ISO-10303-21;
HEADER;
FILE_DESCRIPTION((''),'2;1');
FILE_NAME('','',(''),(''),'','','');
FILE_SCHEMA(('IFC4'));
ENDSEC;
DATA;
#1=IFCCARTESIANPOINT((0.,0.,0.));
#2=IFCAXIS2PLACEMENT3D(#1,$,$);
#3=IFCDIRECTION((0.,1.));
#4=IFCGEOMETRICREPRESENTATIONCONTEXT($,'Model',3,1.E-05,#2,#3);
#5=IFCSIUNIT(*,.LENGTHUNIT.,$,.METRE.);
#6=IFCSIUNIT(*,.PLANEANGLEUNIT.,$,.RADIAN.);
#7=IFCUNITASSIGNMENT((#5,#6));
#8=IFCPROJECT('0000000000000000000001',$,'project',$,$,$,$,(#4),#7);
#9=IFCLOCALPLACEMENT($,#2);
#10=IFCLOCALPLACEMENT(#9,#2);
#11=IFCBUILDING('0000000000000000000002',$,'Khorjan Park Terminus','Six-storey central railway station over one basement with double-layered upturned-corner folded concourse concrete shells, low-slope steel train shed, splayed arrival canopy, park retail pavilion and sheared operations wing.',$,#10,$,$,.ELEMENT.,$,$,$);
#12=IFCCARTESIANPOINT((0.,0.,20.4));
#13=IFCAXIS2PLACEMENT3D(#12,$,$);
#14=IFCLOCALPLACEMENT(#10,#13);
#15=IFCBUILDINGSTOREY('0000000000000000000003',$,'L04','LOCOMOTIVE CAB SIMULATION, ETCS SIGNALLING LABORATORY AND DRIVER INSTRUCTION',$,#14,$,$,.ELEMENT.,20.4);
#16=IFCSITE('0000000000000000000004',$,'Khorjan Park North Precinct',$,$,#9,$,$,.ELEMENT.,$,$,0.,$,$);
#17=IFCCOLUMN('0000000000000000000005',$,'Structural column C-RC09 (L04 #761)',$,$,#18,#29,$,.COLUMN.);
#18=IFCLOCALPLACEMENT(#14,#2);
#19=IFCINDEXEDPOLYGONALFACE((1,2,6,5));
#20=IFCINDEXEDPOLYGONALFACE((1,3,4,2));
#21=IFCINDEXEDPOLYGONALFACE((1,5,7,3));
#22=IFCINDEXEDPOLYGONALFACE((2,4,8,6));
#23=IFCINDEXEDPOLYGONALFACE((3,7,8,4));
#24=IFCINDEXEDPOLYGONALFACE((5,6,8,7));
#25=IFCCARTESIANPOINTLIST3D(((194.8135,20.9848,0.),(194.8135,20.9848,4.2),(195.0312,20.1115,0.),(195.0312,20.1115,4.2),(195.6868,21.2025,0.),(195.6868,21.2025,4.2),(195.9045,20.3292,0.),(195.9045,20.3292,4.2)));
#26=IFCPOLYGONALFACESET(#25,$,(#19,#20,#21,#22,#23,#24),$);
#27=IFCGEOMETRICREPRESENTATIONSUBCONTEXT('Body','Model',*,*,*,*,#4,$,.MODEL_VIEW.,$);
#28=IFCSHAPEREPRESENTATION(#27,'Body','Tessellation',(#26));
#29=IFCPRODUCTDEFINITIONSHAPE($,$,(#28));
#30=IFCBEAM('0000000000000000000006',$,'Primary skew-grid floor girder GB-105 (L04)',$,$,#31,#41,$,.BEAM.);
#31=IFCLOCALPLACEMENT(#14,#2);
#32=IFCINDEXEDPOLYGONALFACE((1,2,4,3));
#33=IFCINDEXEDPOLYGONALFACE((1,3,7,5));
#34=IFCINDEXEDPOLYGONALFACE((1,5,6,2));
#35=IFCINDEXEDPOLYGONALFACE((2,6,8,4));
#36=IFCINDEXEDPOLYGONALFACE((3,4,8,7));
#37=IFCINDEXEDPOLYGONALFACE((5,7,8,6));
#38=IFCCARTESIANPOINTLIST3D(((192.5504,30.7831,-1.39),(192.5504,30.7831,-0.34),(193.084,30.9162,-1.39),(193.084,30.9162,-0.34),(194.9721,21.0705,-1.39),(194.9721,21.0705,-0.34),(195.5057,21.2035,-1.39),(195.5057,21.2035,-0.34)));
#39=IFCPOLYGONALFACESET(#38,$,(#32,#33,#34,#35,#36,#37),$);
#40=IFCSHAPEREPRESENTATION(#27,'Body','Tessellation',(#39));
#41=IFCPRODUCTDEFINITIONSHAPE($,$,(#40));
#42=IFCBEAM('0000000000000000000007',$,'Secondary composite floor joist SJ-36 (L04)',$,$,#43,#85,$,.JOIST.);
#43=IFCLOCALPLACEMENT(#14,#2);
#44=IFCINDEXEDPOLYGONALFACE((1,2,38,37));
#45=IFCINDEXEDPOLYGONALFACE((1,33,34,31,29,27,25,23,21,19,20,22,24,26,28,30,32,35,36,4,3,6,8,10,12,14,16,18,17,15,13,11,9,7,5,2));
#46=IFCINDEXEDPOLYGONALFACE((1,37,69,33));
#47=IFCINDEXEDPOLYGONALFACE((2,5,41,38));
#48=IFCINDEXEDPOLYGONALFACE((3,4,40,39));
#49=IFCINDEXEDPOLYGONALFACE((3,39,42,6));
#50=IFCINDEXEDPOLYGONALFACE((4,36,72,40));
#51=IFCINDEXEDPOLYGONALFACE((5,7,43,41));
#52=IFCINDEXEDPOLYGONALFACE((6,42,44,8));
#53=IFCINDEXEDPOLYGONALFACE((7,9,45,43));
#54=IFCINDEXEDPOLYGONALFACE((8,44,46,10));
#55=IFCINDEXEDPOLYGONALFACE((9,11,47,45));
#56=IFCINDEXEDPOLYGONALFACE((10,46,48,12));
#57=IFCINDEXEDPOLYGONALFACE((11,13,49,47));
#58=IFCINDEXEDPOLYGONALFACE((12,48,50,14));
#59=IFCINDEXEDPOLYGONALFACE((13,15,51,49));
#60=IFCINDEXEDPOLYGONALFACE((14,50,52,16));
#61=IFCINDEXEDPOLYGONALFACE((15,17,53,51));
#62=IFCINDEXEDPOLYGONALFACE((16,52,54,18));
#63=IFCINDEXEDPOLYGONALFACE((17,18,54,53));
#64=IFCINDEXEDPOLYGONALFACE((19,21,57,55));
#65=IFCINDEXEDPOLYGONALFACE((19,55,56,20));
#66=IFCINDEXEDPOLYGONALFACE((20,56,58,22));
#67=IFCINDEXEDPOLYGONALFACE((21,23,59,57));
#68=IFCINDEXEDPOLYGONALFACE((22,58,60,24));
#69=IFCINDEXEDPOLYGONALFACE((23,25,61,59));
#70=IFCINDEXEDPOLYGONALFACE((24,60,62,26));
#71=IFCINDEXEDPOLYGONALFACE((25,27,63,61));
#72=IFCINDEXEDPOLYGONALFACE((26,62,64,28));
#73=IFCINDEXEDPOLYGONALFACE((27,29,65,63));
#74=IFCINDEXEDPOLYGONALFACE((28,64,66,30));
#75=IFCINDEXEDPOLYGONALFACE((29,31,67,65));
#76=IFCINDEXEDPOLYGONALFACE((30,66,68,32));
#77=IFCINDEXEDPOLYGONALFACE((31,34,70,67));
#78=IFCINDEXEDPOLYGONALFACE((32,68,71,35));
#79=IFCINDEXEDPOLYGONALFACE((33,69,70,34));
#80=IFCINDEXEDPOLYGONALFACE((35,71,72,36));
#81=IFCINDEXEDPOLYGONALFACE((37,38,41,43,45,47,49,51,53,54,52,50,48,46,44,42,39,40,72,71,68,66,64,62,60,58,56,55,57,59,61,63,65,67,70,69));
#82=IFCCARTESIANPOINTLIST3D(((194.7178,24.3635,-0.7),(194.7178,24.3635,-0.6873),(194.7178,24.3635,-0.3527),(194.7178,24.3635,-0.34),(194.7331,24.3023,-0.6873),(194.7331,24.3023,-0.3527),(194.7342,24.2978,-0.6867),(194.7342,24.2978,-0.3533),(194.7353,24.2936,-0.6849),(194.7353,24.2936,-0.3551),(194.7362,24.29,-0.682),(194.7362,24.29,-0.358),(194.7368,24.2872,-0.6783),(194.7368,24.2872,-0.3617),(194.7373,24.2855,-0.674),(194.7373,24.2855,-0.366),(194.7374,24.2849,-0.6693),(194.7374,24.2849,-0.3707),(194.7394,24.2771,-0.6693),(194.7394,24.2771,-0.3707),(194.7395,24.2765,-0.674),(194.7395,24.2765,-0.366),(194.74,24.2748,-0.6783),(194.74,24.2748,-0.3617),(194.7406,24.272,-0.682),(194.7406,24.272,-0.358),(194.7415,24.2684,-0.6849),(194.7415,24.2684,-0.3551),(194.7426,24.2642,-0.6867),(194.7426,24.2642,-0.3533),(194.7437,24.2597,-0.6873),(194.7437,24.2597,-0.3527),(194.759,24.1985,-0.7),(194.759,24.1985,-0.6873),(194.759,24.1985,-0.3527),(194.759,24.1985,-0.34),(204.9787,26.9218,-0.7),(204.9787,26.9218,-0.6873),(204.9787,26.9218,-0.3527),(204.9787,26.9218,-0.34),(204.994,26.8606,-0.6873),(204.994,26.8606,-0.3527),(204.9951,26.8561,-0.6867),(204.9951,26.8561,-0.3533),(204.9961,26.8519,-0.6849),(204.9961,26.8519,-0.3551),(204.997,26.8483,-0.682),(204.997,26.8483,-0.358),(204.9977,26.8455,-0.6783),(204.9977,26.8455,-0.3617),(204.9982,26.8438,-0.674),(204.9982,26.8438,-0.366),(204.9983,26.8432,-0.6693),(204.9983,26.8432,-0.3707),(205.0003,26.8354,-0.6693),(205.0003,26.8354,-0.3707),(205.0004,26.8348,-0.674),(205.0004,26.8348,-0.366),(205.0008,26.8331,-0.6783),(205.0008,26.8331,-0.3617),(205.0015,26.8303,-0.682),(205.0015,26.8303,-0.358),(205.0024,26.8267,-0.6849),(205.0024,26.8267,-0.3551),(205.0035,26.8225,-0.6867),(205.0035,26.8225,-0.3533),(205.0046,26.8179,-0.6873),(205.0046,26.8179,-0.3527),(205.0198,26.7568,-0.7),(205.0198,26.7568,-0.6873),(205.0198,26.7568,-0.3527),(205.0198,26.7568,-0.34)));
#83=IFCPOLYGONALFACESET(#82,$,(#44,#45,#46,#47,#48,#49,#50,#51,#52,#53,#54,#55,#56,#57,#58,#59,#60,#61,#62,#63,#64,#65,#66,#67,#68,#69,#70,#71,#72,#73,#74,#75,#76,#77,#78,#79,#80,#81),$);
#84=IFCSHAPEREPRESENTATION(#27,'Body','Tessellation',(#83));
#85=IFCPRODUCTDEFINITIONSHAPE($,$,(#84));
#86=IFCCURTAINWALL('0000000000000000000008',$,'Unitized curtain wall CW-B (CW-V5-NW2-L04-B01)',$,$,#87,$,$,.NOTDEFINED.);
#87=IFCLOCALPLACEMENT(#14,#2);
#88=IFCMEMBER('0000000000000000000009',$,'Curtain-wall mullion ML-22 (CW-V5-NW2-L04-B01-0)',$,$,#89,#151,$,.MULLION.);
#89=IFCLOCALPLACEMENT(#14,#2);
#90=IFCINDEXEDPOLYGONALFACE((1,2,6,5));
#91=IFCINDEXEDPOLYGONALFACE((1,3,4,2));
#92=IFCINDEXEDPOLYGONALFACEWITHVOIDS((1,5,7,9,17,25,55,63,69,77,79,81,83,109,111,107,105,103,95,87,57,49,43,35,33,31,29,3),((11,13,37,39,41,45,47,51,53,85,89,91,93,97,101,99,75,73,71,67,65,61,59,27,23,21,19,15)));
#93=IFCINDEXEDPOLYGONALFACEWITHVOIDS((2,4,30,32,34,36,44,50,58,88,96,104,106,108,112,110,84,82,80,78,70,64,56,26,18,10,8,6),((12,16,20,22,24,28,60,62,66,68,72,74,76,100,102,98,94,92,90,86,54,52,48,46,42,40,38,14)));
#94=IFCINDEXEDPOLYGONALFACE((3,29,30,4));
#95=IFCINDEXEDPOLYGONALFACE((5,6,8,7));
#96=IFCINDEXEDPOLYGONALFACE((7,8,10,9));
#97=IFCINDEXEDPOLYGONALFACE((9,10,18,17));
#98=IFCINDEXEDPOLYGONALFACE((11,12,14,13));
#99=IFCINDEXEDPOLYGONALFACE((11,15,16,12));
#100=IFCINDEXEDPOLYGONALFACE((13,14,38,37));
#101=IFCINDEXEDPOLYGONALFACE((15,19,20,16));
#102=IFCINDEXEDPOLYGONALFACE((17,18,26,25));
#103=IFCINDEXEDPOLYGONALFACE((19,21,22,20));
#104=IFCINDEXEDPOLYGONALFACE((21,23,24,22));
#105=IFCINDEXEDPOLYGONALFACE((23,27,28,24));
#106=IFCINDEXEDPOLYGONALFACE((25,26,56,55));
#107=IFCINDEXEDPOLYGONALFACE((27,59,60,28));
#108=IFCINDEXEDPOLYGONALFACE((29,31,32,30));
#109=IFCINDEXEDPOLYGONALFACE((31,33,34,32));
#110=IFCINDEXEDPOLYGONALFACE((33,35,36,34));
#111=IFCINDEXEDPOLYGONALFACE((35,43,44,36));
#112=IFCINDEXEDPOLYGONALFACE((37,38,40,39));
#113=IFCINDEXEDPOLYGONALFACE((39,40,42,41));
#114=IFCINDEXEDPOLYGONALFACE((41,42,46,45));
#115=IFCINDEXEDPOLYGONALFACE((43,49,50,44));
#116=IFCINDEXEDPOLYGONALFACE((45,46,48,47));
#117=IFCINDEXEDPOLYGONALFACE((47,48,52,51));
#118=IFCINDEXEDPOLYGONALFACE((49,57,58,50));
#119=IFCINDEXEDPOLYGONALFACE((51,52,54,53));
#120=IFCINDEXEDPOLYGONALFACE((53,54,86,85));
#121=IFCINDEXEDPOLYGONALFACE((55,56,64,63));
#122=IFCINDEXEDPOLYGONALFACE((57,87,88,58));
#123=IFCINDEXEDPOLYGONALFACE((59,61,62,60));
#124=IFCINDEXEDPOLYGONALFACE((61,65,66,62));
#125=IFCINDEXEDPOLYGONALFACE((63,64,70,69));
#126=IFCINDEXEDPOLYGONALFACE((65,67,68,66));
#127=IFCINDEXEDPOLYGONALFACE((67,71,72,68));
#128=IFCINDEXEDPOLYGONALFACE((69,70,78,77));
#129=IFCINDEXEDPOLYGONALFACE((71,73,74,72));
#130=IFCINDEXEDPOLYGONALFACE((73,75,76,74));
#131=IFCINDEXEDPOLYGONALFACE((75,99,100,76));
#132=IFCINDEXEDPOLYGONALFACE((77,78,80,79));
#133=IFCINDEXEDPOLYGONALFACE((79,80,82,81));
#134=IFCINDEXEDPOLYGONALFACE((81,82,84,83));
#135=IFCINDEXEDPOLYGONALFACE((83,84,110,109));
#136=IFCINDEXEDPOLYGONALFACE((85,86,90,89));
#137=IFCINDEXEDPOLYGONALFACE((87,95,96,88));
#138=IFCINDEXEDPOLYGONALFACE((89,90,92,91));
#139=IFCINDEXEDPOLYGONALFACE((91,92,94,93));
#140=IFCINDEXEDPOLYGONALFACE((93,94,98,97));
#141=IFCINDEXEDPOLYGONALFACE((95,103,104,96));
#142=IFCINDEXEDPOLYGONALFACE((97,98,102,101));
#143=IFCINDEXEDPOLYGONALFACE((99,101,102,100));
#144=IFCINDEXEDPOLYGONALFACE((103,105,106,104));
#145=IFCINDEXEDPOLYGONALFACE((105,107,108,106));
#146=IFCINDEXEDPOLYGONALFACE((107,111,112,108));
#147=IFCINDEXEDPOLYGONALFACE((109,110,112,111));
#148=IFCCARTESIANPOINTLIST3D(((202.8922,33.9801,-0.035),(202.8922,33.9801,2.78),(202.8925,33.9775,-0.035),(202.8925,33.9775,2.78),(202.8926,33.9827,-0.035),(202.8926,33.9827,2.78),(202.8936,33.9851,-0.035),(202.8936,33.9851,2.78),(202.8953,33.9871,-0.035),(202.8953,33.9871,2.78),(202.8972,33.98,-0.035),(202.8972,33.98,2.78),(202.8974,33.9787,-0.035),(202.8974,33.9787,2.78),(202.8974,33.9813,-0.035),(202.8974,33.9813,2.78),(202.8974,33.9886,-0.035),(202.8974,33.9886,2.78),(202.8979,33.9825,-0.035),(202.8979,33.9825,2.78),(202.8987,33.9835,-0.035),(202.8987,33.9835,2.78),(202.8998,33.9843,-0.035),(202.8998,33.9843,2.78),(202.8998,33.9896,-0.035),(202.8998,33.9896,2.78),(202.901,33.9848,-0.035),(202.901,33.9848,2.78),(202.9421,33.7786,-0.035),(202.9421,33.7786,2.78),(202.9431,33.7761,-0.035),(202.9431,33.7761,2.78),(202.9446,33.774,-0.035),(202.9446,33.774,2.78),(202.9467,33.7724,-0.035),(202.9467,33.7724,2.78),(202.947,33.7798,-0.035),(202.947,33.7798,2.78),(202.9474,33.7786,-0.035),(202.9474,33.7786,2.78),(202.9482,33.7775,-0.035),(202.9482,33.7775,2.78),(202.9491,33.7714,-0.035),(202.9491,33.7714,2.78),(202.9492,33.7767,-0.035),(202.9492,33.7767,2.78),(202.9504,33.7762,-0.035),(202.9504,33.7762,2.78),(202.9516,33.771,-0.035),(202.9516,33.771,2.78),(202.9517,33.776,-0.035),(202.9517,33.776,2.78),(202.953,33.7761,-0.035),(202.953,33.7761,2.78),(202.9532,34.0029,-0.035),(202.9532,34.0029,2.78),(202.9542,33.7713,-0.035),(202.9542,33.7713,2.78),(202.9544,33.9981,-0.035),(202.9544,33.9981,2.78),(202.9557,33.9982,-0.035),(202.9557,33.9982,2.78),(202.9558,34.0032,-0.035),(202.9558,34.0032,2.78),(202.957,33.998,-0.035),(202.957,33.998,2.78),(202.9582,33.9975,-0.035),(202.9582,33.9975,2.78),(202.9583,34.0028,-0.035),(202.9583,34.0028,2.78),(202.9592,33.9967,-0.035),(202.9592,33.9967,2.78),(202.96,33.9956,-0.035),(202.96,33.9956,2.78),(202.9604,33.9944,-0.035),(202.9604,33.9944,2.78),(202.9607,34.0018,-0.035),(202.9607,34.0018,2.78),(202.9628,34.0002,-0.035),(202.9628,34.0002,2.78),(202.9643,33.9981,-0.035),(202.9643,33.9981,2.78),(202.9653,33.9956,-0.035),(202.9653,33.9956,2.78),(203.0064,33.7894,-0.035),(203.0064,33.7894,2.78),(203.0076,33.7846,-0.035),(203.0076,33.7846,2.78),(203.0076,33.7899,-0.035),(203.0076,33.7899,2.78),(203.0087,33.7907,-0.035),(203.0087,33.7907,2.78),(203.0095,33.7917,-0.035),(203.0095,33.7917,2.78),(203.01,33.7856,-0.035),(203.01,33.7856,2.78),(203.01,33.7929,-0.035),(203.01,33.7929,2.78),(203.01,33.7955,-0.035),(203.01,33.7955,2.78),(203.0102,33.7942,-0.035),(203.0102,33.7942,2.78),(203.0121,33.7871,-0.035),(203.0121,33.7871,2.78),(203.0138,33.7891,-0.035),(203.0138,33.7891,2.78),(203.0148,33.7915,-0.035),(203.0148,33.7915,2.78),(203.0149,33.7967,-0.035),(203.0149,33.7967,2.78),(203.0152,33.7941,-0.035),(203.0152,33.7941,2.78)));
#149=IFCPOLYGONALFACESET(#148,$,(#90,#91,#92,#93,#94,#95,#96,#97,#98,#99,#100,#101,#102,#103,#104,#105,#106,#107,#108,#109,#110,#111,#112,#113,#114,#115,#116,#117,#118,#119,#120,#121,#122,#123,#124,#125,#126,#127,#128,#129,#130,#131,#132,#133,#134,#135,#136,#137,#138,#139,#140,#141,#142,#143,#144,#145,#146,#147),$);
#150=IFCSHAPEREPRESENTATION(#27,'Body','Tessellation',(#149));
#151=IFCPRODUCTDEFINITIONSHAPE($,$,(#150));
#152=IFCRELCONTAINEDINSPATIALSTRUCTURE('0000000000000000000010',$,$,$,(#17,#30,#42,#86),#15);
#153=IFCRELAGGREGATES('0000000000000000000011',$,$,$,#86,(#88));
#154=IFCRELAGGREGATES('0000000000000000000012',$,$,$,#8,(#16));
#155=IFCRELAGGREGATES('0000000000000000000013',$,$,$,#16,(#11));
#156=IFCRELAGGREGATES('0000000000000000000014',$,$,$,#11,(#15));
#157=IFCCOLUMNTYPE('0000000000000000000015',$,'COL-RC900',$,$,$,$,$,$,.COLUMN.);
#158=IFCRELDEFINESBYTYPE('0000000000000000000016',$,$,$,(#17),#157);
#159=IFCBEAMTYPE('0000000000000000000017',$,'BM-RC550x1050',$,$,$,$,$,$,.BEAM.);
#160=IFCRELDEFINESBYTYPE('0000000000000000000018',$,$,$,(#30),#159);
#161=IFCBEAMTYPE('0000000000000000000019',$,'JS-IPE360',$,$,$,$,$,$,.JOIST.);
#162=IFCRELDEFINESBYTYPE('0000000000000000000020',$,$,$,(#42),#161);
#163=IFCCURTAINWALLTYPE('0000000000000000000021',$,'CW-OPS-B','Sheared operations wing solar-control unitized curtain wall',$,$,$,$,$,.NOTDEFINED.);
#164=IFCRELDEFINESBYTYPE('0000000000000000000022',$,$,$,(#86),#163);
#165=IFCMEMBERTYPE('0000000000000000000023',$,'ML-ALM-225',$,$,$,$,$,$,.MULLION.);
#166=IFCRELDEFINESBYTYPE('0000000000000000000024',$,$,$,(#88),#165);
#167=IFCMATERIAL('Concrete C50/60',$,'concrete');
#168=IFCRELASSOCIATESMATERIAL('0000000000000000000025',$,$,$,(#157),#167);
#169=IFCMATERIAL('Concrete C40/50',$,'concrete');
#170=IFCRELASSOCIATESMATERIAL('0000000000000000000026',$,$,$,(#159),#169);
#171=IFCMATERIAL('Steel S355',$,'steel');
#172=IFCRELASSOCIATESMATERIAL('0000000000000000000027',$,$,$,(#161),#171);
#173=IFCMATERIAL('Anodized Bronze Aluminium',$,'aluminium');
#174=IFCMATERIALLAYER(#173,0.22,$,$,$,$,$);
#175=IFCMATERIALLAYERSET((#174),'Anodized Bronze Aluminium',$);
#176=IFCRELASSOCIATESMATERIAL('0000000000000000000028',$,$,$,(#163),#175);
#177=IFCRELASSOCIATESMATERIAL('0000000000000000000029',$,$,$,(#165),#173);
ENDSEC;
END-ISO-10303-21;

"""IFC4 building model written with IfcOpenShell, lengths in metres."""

from ifc_helpers import new_model, si_unit, direction, frame, origin, origin_2d, place, context, subcontext, project, spatial, rectangle, hollow_rectangle, i_section, extrude, material, layer, layer_set, material_profile, profile_set, type_object, element, aggregate, save


model = new_model("IFC4")

# Units and contexts
model_context = context("Model", 3, precision=1e-05, world=origin(), true_north=direction((0.0, 1.0)))
body_context = subcontext(model_context, "Body", "Model", "MODEL_VIEW")
ifc_project = project(units=[si_unit("LENGTHUNIT", "METRE"), si_unit("PLANEANGLEUNIT", "RADIAN")], contexts=[model_context])

# Site, building, storey
site_placement = place(None, origin())
site = spatial("IfcSite", under=ifc_project, at=site_placement, Name="Khorjan Park North Precinct", CompositionType="ELEMENT", RefElevation=0.0)
building_placement = place(site_placement, origin())
building = spatial("IfcBuilding", under=site, at=building_placement, Name="Khorjan Park Terminus", Description="Six-storey central railway station over one basement with double-layered upturned-corner folded concourse concrete shells, low-slope steel train shed, splayed arrival canopy, park retail pavilion and sheared operations wing.", CompositionType="ELEMENT")
storey_placement = place(building_placement, frame((0.0, 0.0, 20.4)))
storey = spatial("IfcBuildingStorey", under=building, at=storey_placement, Name="L04", Description="LOCOMOTIVE CAB SIMULATION, ETCS SIGNALLING LABORATORY AND DRIVER INSTRUCTION", CompositionType="ELEMENT", Elevation=20.4)

# Column
ifc_material_1 = material(Name="Concrete C50/60", Category="concrete")
ifc_material_profile_1 = material_profile(ifc_material_1, rectangle(XDim=0.9, YDim=0.9, at=origin_2d()), Name="RC 900x900")
ifc_profile_set_1 = profile_set([ifc_material_profile_1], Name="Concrete C50/60")
column_type = type_object("IfcColumnType", Name="COL-RC900", PredefinedType="COLUMN", material=ifc_profile_set_1)
column_placement = place(storey_placement, frame((195.359, 20.657, 0.0), z_axis=(0.0, 0.0, 1.0), x_axis=(0.970296, 0.241922, 0.0)))
element("IfcColumn", 1, at=column_placement, inside=storey, type_object=column_type, Name="Structural column C-RC09 (L04 #761)", PredefinedType="COLUMN", context=body_context, shape_type="SweptSolid", body=[
    extrude(rectangle(XDim=0.9, YDim=0.9, at=origin_2d()), origin(), (0.0, 0.0, 1.0), 4.2),
])

# Beams
ifc_material_2 = material(Name="Concrete C40/50", Category="concrete")
ifc_material_profile_2 = material_profile(ifc_material_2, rectangle(XDim=0.55, YDim=1.05, at=origin_2d()), Name="RC 550x1050")
ifc_profile_set_2 = profile_set([ifc_material_profile_2], Name="Concrete C40/50")
beam_type_1 = type_object("IfcBeamType", Name="BM-RC550x1050", PredefinedType="BEAM", material=ifc_profile_set_2)
beam_1_placement = place(storey_placement, frame((195.2389, 21.137, -0.865), z_axis=(-0.241929, 0.970294, 0.0), x_axis=(-0.970294, -0.241929, 0.0)))
element("IfcBeam", 2, at=beam_1_placement, inside=storey, type_object=beam_type_1, Name="Primary skew-grid floor girder GB-105 (L04)", PredefinedType="BEAM", context=body_context, shape_type="SweptSolid", body=[
    extrude(rectangle(XDim=0.55, YDim=1.05, at=origin_2d()), origin(), (0.0, 0.0, 1.0), 10.01),
])
ifc_material_3 = material(Name="Steel S355", Category="steel")
ifc_material_profile_3 = material_profile(ifc_material_3, i_section(OverallWidth=0.17, OverallDepth=0.36, WebThickness=0.008, FlangeThickness=0.0127, FilletRadius=0.018, at=origin_2d()), Name="IPE 360")
ifc_profile_set_3 = profile_set([ifc_material_profile_3], Name="Steel S355")
beam_type_2 = type_object("IfcBeamType", Name="JS-IPE360", PredefinedType="JOIST", material=ifc_profile_set_3)
beam_2_placement = place(storey_placement, frame((194.7384, 24.281, -0.52), z_axis=(0.970296, 0.241919, 0.0), x_axis=(-0.241919, 0.970296, 0.0)))
element("IfcBeam", 3, at=beam_2_placement, inside=storey, type_object=beam_type_2, Name="Secondary composite floor joist SJ-36 (L04)", PredefinedType="JOIST", context=body_context, shape_type="SweptSolid", body=[
    extrude(i_section(OverallWidth=0.17, OverallDepth=0.36, WebThickness=0.008, FlangeThickness=0.0127, FilletRadius=0.018, at=origin_2d()), origin(), (0.0, 0.0, 1.0), 10.575),
])

# Curtain wall, member
ifc_material_4 = material(Name="Anodized Bronze Aluminium", Category="aluminium")
ifc_layer_1 = layer(ifc_material_4, 0.22)
ifc_layer_set_1 = layer_set([ifc_layer_1], Name="Anodized Bronze Aluminium")
curtain_wall_type = type_object("IfcCurtainWallType", Name="CW-OPS-B", Description="Sheared operations wing solar-control unitized curtain wall", PredefinedType="NOTDEFINED", material=ifc_layer_set_1)
curtain_wall_placement = place(storey_placement, origin())
curtain_wall = element("IfcCurtainWall", 4, at=curtain_wall_placement, inside=storey, type_object=curtain_wall_type, Name="Unitized curtain wall CW-B (CW-V5-NW2-L04-B01)", PredefinedType="NOTDEFINED")
ifc_material_profile_4 = material_profile(ifc_material_4, hollow_rectangle(XDim=0.075, YDim=0.225, WallThickness=0.005, InnerFilletRadius=0.005, OuterFilletRadius=0.01, at=origin_2d()), Name="ALM 75x225x5")
ifc_profile_set_4 = profile_set([ifc_material_profile_4], Name="Anodized Bronze Aluminium")
member_type_1 = type_object("IfcMemberType", Name="ML-ALM-225", PredefinedType="MULLION", material=ifc_profile_set_4)
member_1_placement = place(storey_placement, frame((202.9537, 33.8871, -0.035), z_axis=(0.0, 0.0, 1.0), x_axis=(-0.970294, -0.241928, 0.0)))
member_1 = element("IfcMember", 5, at=member_1_placement, type_object=member_type_1, Name="Curtain-wall mullion ML-22 (CW-V5-NW2-L04-B01-0)", PredefinedType="MULLION", context=body_context, shape_type="SweptSolid", body=[
    extrude(hollow_rectangle(XDim=0.075, YDim=0.225, WallThickness=0.005, InnerFilletRadius=0.005, OuterFilletRadius=0.01, at=origin_2d()), origin(), (0.0, 0.0, 1.0), 2.815),
])
aggregate(curtain_wall, [member_1])

save(model, "model.ifc")
